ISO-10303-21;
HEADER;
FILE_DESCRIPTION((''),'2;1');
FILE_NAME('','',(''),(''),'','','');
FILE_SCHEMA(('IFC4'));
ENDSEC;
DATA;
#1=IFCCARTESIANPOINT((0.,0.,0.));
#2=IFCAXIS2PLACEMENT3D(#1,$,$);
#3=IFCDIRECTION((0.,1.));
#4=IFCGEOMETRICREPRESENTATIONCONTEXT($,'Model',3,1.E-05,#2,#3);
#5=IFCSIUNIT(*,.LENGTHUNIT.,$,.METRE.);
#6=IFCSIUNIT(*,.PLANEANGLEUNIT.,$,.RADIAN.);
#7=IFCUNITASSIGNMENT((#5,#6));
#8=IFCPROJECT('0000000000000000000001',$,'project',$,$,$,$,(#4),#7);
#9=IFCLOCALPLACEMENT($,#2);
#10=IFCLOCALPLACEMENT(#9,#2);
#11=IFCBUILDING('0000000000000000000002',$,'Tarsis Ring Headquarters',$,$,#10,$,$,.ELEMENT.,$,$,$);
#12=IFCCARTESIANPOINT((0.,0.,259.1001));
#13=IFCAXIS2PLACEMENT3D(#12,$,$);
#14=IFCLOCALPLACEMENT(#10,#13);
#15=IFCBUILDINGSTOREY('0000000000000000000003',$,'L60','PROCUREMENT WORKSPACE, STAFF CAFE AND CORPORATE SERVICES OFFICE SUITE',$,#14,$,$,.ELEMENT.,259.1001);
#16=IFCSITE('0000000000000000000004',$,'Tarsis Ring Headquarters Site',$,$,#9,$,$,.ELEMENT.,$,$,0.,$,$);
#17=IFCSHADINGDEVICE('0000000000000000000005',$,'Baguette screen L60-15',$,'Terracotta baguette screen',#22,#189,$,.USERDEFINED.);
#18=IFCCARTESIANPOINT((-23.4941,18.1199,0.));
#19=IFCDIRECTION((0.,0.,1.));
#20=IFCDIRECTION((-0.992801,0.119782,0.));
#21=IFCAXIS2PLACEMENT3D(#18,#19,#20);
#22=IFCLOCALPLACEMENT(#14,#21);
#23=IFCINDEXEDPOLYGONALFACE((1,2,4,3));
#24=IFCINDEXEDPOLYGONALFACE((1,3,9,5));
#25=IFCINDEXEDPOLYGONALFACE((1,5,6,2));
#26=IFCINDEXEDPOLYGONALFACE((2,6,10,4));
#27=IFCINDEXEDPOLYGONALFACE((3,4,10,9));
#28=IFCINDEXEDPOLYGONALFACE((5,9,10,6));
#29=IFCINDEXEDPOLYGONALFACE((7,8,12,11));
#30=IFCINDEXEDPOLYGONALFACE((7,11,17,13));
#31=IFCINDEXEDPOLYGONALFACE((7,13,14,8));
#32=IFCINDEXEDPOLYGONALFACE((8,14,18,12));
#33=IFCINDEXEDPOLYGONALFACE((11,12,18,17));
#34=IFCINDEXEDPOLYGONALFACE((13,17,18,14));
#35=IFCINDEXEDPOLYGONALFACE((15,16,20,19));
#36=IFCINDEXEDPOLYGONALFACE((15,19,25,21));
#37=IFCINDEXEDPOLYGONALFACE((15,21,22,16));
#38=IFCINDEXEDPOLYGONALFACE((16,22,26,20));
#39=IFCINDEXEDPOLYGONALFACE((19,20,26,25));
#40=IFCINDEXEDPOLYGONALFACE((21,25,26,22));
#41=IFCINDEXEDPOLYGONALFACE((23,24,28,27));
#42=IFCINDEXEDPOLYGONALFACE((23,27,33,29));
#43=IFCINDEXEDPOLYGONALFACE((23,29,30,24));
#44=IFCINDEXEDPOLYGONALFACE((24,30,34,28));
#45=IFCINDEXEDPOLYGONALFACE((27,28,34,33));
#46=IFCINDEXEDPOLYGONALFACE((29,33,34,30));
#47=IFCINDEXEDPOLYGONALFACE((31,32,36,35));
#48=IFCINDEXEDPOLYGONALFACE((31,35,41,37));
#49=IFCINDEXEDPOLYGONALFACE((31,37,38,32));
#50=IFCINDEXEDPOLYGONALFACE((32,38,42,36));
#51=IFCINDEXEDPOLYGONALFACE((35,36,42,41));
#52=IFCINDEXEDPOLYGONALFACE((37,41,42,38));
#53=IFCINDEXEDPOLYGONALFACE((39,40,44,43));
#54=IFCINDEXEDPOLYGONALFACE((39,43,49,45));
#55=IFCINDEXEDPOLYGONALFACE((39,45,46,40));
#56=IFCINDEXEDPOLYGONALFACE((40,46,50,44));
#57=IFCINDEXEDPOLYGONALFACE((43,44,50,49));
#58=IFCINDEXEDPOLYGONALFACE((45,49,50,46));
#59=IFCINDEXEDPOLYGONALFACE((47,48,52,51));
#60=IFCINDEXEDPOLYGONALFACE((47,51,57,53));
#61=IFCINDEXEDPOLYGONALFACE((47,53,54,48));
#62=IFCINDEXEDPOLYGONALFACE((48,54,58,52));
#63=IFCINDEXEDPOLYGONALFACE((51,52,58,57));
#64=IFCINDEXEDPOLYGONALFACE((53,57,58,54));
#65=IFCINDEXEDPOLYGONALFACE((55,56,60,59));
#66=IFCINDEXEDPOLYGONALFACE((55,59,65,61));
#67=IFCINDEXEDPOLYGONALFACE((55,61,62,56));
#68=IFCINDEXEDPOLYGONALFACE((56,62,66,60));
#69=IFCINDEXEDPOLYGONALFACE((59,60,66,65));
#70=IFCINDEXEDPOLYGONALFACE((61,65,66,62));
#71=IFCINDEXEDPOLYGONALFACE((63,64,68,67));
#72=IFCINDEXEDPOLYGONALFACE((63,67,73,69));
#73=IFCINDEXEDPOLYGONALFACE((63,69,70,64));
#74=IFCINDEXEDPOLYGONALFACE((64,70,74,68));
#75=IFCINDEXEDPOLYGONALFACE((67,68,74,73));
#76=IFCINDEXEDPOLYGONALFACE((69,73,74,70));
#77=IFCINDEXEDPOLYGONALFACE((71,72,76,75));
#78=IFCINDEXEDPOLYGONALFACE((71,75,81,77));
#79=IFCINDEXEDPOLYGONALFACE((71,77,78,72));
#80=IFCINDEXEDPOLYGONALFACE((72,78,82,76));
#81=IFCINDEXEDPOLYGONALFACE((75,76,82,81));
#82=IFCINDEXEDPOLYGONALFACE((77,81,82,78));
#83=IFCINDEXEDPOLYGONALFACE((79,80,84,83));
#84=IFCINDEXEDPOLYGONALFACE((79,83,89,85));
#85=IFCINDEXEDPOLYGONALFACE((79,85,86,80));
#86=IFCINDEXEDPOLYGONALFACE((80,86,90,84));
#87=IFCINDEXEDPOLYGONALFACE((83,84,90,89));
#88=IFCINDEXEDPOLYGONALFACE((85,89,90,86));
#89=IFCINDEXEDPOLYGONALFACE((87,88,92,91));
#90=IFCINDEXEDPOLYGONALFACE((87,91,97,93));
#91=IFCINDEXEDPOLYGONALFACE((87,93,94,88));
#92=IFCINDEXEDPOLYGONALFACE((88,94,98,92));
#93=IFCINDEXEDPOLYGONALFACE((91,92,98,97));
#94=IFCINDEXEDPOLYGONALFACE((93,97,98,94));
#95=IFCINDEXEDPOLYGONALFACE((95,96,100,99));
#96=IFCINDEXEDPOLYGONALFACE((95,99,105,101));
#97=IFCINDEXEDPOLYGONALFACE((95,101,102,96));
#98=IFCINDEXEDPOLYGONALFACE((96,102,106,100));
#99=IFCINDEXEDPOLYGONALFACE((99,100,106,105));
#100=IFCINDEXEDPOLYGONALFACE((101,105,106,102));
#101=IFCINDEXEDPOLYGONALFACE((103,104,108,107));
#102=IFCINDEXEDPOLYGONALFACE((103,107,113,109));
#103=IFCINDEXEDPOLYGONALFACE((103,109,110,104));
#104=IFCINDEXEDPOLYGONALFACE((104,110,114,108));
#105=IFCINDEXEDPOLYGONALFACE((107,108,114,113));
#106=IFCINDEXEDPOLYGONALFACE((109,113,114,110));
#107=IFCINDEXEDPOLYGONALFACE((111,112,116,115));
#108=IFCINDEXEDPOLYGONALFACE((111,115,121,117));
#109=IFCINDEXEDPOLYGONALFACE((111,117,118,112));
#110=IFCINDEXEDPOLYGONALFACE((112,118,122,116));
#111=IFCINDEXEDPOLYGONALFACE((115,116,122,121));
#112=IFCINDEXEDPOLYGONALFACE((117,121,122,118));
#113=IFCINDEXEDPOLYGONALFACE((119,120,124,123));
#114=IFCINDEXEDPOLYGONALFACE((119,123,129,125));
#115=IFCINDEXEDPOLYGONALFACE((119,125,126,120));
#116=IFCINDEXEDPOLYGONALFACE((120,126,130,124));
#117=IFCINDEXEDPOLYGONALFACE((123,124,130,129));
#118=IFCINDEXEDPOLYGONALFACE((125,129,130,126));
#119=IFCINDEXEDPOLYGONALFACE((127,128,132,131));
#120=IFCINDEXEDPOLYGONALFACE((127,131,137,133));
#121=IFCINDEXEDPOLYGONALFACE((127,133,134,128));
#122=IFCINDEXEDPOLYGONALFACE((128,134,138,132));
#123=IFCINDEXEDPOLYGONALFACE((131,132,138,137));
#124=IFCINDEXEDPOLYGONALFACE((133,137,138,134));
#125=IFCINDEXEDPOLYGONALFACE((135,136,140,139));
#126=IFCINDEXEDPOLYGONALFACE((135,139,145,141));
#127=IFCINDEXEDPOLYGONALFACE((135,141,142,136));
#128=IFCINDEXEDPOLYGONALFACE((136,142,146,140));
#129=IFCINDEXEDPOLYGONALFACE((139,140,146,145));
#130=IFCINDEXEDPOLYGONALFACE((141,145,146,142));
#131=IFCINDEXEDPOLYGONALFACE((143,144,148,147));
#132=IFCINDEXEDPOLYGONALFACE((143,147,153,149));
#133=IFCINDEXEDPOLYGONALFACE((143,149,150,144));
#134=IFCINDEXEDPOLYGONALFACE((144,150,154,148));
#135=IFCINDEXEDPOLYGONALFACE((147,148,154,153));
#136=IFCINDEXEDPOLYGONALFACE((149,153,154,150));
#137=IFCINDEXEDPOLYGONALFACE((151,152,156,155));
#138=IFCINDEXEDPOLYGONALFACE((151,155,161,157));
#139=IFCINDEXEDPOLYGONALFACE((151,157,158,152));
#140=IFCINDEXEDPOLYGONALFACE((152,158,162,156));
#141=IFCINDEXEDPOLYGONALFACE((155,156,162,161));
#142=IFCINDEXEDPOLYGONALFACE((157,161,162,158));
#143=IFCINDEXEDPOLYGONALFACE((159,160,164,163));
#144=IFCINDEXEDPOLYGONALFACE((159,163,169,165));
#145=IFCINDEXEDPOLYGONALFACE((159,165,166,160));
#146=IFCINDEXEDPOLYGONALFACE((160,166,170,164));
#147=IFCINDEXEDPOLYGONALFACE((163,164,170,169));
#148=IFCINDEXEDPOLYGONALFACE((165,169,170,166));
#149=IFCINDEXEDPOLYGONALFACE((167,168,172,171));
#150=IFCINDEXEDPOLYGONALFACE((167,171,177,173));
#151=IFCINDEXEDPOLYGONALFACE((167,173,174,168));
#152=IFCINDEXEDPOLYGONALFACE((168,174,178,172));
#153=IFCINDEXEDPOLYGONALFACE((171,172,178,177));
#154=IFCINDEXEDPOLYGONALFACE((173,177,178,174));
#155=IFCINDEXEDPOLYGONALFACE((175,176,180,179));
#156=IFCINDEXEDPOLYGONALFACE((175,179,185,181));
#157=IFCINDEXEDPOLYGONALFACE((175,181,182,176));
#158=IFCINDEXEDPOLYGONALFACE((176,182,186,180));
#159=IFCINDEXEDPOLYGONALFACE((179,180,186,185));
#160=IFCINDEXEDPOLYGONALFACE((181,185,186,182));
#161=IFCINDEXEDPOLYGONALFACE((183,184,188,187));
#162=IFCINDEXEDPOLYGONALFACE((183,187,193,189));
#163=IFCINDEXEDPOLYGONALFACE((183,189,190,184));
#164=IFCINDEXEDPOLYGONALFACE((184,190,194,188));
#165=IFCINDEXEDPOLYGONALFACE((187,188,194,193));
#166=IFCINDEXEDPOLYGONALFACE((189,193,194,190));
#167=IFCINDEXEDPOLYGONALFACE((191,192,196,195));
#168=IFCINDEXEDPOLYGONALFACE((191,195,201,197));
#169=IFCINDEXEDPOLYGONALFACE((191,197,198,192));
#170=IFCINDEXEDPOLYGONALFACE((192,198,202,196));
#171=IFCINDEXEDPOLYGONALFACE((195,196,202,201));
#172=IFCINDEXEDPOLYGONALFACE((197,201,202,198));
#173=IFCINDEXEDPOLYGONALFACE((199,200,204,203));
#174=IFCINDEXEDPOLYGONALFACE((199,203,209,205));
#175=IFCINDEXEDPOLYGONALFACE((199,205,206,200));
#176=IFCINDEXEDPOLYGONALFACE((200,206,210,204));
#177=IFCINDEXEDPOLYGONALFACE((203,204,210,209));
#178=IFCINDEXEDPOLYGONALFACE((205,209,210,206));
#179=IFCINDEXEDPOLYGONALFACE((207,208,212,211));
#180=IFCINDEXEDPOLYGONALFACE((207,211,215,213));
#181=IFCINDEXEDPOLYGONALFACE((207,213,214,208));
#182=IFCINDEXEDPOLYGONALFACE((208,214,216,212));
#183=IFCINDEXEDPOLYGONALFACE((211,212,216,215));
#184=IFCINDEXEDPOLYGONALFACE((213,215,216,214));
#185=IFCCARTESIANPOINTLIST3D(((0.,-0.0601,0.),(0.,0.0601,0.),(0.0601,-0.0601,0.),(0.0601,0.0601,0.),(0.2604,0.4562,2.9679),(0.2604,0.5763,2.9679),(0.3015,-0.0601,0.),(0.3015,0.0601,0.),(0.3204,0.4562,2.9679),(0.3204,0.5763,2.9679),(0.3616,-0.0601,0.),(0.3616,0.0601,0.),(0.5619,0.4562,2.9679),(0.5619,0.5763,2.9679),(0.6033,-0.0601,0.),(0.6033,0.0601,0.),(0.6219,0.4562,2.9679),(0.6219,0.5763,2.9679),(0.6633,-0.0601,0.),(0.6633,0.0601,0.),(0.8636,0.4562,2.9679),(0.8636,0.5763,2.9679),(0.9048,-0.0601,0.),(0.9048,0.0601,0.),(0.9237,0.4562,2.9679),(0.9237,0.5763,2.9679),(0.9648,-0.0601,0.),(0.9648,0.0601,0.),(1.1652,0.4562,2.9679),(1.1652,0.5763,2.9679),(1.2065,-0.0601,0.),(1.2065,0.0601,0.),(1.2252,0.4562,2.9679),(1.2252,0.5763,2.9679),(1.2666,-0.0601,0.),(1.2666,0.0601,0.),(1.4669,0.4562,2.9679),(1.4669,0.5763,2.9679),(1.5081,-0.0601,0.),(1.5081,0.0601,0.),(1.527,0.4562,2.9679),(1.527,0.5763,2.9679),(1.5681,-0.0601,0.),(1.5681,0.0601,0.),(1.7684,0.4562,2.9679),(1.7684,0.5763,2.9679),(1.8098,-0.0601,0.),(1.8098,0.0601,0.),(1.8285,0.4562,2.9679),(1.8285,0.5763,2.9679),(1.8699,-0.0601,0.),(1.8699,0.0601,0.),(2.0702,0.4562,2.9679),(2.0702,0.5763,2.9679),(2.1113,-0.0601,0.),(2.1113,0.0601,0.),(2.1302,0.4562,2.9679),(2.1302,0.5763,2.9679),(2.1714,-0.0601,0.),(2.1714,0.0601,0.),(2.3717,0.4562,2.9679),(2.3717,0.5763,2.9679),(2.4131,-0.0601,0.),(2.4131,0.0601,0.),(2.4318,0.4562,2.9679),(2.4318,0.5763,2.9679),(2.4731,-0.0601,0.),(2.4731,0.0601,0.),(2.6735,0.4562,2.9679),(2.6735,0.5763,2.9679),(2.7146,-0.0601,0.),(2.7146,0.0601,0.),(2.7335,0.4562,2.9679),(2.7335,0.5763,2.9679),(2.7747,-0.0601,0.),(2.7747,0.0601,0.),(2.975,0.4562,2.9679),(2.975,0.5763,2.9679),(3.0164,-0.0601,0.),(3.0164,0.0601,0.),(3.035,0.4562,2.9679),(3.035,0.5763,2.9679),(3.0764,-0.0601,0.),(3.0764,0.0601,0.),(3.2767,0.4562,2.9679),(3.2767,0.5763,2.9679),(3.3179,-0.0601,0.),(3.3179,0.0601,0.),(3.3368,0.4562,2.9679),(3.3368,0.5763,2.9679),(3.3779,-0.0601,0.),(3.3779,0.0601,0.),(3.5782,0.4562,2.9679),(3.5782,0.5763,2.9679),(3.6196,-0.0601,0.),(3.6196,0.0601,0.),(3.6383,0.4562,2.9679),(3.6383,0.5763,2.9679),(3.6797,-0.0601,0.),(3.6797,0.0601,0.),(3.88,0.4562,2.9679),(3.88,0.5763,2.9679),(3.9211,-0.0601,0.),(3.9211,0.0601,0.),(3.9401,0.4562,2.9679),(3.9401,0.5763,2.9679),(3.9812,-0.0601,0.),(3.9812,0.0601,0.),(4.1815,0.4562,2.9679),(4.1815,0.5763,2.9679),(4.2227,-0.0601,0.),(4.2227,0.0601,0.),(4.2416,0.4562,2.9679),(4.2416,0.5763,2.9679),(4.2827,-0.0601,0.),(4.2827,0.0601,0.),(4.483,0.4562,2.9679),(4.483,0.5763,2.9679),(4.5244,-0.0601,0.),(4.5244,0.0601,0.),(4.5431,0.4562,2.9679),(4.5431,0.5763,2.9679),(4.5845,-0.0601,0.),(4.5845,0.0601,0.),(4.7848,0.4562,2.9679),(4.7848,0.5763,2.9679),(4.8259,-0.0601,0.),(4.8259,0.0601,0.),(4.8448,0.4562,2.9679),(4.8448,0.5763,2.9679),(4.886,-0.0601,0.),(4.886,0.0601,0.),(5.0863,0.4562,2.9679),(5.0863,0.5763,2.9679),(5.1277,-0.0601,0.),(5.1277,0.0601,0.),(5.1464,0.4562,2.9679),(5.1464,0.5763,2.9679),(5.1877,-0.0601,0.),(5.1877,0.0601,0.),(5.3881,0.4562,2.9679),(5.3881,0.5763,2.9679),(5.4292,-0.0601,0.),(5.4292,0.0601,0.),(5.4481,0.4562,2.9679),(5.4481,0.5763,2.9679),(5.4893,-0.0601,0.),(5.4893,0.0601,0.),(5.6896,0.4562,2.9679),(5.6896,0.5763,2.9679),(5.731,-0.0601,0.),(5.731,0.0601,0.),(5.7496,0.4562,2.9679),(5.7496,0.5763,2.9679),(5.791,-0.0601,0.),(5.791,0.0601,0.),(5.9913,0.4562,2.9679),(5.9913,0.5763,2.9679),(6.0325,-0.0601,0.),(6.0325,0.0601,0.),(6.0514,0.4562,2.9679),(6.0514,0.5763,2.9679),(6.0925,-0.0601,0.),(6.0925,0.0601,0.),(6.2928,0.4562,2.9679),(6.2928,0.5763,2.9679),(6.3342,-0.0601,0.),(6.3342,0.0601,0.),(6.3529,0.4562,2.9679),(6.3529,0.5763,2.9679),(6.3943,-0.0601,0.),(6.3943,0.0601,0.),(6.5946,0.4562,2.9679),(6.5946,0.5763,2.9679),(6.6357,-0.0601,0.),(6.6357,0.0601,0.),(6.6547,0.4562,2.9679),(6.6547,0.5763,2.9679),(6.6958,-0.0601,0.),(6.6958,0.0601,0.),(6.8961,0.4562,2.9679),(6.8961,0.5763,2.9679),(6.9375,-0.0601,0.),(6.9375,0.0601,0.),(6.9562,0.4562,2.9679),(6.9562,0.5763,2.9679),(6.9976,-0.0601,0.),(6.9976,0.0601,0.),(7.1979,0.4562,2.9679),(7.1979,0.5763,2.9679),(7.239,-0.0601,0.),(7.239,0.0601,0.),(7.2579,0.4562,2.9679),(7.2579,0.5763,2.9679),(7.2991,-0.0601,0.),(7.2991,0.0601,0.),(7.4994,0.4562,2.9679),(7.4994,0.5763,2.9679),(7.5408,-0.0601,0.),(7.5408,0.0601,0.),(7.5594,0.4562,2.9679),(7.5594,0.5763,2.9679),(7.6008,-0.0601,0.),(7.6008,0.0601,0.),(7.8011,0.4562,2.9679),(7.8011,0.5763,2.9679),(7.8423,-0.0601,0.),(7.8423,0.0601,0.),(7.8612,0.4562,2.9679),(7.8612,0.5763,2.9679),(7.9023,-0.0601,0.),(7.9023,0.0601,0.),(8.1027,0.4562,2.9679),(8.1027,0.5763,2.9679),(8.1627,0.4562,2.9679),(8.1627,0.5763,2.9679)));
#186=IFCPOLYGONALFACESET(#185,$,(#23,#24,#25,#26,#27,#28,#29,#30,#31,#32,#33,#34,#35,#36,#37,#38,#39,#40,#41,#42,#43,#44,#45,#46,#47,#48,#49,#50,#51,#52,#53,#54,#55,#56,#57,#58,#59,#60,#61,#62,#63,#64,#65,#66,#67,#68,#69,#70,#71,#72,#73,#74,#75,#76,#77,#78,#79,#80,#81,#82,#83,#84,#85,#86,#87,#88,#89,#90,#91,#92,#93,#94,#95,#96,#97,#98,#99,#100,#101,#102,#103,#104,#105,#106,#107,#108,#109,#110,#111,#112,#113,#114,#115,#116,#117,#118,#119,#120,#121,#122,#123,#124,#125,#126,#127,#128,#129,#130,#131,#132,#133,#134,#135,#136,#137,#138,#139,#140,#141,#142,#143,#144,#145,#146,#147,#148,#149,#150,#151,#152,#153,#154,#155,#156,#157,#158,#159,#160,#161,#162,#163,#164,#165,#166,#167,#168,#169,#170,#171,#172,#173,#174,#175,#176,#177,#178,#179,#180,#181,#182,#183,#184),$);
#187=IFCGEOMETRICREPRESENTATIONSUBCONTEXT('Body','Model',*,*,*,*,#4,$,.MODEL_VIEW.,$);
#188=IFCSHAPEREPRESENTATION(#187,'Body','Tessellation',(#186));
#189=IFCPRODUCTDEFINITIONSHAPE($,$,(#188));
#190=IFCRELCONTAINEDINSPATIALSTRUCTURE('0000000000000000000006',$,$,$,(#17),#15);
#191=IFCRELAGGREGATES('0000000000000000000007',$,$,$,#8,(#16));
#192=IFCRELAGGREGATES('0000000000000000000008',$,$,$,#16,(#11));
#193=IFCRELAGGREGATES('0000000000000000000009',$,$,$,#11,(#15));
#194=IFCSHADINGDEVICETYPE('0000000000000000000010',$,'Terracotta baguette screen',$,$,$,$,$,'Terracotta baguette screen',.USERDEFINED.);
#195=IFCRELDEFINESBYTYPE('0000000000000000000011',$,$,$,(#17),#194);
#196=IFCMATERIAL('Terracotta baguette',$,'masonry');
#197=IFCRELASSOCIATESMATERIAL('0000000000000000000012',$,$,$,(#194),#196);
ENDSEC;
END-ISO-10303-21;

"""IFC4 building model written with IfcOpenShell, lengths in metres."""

from ifc_helpers import new_model, si_unit, direction, frame, frame_2d, origin, place, context, subcontext, project, spatial, rectangle, composite_profile, extrude, material, type_object, element, save


model = new_model("IFC4")

# Units and contexts
model_context = context("Model", 3, precision=1e-05, world=origin(), true_north=direction((0.0, 1.0)))
body_context = subcontext(model_context, "Body", "Model", "MODEL_VIEW")
ifc_project = project(units=[si_unit("LENGTHUNIT", "METRE"), si_unit("PLANEANGLEUNIT", "RADIAN")], contexts=[model_context])

# Site, building, storey
site_placement = place(None, origin())
site = spatial("IfcSite", under=ifc_project, at=site_placement, Name="Tarsis Ring Headquarters Site", CompositionType="ELEMENT", RefElevation=0.0)
building_placement = place(site_placement, origin())
building = spatial("IfcBuilding", under=site, at=building_placement, Name="Tarsis Ring Headquarters", CompositionType="ELEMENT")
storey_placement = place(building_placement, frame((0.0, 0.0, 259.1001)))
storey = spatial("IfcBuildingStorey", under=building, at=storey_placement, Name="L60", Description="PROCUREMENT WORKSPACE, STAFF CAFE AND CORPORATE SERVICES OFFICE SUITE", CompositionType="ELEMENT", Elevation=259.1001)

# Shading device
ifc_material_1 = material(Name="Terracotta baguette", Category="masonry")
shading_device_type = type_object("IfcShadingDeviceType", Name="Terracotta baguette screen", ElementType="Terracotta baguette screen", PredefinedType="USERDEFINED", material=ifc_material_1)
shading_device_1_placement = place(storey_placement, frame((-23.4941, 18.1199, 0.0), z_axis=(0.0, 0.0, 1.0), x_axis=(-0.992801, 0.119782, 0.0)))
element("IfcShadingDevice", 1, at=shading_device_1_placement, inside=storey, type_object=shading_device_type, Name="Baguette screen L60-15", ObjectType="Terracotta baguette screen", PredefinedType="USERDEFINED", context=body_context, shape_type="SweptSolid", body=[
    extrude(composite_profile([rectangle(XDim=0.0601, YDim=0.1201, at=frame_2d((0.03, 0.0))), rectangle(XDim=0.0601, YDim=0.1201, at=frame_2d((0.3315, 0.0))), rectangle(XDim=0.0601, YDim=0.1201, at=frame_2d((0.6333, 0.0))), rectangle(XDim=0.0601, YDim=0.1201, at=frame_2d((0.9348, 0.0))), rectangle(XDim=0.0601, YDim=0.1201, at=frame_2d((1.2366, 0.0))), rectangle(XDim=0.0601, YDim=0.1201, at=frame_2d((1.5381, 0.0))), rectangle(XDim=0.0601, YDim=0.1201, at=frame_2d((1.8398, 0.0))), rectangle(XDim=0.0601, YDim=0.1201, at=frame_2d((2.1414, 0.0))), rectangle(XDim=0.0601, YDim=0.1201, at=frame_2d((2.4431, 0.0))), rectangle(XDim=0.0601, YDim=0.1201, at=frame_2d((2.7446, 0.0))), rectangle(XDim=0.0601, YDim=0.1201, at=frame_2d((3.0464, 0.0))), rectangle(XDim=0.0601, YDim=0.1201, at=frame_2d((3.3479, 0.0))), rectangle(XDim=0.0601, YDim=0.1201, at=frame_2d((3.6497, 0.0))), rectangle(XDim=0.0601, YDim=0.1201, at=frame_2d((3.9512, 0.0))), rectangle(XDim=0.0601, YDim=0.1201, at=frame_2d((4.2527, 0.0))), rectangle(XDim=0.0601, YDim=0.1201, at=frame_2d((4.5544, 0.0))), rectangle(XDim=0.0601, YDim=0.1201, at=frame_2d((4.856, 0.0))), rectangle(XDim=0.0601, YDim=0.1201, at=frame_2d((5.1577, 0.0))), rectangle(XDim=0.0601, YDim=0.1201, at=frame_2d((5.4592, 0.0))), rectangle(XDim=0.0601, YDim=0.1201, at=frame_2d((5.761, 0.0))), rectangle(XDim=0.0601, YDim=0.1201, at=frame_2d((6.0625, 0.0))), rectangle(XDim=0.0601, YDim=0.1201, at=frame_2d((6.3643, 0.0))), rectangle(XDim=0.0601, YDim=0.1201, at=frame_2d((6.6658, 0.0))), rectangle(XDim=0.0601, YDim=0.1201, at=frame_2d((6.9675, 0.0))), rectangle(XDim=0.0601, YDim=0.1201, at=frame_2d((7.269, 0.0))), rectangle(XDim=0.0601, YDim=0.1201, at=frame_2d((7.5708, 0.0))), rectangle(XDim=0.0601, YDim=0.1201, at=frame_2d((7.8723, 0.0)))]), origin(), (0.08611, 0.170734, 0.981547), 3.0237),
])

save(model, "model.ifc")
